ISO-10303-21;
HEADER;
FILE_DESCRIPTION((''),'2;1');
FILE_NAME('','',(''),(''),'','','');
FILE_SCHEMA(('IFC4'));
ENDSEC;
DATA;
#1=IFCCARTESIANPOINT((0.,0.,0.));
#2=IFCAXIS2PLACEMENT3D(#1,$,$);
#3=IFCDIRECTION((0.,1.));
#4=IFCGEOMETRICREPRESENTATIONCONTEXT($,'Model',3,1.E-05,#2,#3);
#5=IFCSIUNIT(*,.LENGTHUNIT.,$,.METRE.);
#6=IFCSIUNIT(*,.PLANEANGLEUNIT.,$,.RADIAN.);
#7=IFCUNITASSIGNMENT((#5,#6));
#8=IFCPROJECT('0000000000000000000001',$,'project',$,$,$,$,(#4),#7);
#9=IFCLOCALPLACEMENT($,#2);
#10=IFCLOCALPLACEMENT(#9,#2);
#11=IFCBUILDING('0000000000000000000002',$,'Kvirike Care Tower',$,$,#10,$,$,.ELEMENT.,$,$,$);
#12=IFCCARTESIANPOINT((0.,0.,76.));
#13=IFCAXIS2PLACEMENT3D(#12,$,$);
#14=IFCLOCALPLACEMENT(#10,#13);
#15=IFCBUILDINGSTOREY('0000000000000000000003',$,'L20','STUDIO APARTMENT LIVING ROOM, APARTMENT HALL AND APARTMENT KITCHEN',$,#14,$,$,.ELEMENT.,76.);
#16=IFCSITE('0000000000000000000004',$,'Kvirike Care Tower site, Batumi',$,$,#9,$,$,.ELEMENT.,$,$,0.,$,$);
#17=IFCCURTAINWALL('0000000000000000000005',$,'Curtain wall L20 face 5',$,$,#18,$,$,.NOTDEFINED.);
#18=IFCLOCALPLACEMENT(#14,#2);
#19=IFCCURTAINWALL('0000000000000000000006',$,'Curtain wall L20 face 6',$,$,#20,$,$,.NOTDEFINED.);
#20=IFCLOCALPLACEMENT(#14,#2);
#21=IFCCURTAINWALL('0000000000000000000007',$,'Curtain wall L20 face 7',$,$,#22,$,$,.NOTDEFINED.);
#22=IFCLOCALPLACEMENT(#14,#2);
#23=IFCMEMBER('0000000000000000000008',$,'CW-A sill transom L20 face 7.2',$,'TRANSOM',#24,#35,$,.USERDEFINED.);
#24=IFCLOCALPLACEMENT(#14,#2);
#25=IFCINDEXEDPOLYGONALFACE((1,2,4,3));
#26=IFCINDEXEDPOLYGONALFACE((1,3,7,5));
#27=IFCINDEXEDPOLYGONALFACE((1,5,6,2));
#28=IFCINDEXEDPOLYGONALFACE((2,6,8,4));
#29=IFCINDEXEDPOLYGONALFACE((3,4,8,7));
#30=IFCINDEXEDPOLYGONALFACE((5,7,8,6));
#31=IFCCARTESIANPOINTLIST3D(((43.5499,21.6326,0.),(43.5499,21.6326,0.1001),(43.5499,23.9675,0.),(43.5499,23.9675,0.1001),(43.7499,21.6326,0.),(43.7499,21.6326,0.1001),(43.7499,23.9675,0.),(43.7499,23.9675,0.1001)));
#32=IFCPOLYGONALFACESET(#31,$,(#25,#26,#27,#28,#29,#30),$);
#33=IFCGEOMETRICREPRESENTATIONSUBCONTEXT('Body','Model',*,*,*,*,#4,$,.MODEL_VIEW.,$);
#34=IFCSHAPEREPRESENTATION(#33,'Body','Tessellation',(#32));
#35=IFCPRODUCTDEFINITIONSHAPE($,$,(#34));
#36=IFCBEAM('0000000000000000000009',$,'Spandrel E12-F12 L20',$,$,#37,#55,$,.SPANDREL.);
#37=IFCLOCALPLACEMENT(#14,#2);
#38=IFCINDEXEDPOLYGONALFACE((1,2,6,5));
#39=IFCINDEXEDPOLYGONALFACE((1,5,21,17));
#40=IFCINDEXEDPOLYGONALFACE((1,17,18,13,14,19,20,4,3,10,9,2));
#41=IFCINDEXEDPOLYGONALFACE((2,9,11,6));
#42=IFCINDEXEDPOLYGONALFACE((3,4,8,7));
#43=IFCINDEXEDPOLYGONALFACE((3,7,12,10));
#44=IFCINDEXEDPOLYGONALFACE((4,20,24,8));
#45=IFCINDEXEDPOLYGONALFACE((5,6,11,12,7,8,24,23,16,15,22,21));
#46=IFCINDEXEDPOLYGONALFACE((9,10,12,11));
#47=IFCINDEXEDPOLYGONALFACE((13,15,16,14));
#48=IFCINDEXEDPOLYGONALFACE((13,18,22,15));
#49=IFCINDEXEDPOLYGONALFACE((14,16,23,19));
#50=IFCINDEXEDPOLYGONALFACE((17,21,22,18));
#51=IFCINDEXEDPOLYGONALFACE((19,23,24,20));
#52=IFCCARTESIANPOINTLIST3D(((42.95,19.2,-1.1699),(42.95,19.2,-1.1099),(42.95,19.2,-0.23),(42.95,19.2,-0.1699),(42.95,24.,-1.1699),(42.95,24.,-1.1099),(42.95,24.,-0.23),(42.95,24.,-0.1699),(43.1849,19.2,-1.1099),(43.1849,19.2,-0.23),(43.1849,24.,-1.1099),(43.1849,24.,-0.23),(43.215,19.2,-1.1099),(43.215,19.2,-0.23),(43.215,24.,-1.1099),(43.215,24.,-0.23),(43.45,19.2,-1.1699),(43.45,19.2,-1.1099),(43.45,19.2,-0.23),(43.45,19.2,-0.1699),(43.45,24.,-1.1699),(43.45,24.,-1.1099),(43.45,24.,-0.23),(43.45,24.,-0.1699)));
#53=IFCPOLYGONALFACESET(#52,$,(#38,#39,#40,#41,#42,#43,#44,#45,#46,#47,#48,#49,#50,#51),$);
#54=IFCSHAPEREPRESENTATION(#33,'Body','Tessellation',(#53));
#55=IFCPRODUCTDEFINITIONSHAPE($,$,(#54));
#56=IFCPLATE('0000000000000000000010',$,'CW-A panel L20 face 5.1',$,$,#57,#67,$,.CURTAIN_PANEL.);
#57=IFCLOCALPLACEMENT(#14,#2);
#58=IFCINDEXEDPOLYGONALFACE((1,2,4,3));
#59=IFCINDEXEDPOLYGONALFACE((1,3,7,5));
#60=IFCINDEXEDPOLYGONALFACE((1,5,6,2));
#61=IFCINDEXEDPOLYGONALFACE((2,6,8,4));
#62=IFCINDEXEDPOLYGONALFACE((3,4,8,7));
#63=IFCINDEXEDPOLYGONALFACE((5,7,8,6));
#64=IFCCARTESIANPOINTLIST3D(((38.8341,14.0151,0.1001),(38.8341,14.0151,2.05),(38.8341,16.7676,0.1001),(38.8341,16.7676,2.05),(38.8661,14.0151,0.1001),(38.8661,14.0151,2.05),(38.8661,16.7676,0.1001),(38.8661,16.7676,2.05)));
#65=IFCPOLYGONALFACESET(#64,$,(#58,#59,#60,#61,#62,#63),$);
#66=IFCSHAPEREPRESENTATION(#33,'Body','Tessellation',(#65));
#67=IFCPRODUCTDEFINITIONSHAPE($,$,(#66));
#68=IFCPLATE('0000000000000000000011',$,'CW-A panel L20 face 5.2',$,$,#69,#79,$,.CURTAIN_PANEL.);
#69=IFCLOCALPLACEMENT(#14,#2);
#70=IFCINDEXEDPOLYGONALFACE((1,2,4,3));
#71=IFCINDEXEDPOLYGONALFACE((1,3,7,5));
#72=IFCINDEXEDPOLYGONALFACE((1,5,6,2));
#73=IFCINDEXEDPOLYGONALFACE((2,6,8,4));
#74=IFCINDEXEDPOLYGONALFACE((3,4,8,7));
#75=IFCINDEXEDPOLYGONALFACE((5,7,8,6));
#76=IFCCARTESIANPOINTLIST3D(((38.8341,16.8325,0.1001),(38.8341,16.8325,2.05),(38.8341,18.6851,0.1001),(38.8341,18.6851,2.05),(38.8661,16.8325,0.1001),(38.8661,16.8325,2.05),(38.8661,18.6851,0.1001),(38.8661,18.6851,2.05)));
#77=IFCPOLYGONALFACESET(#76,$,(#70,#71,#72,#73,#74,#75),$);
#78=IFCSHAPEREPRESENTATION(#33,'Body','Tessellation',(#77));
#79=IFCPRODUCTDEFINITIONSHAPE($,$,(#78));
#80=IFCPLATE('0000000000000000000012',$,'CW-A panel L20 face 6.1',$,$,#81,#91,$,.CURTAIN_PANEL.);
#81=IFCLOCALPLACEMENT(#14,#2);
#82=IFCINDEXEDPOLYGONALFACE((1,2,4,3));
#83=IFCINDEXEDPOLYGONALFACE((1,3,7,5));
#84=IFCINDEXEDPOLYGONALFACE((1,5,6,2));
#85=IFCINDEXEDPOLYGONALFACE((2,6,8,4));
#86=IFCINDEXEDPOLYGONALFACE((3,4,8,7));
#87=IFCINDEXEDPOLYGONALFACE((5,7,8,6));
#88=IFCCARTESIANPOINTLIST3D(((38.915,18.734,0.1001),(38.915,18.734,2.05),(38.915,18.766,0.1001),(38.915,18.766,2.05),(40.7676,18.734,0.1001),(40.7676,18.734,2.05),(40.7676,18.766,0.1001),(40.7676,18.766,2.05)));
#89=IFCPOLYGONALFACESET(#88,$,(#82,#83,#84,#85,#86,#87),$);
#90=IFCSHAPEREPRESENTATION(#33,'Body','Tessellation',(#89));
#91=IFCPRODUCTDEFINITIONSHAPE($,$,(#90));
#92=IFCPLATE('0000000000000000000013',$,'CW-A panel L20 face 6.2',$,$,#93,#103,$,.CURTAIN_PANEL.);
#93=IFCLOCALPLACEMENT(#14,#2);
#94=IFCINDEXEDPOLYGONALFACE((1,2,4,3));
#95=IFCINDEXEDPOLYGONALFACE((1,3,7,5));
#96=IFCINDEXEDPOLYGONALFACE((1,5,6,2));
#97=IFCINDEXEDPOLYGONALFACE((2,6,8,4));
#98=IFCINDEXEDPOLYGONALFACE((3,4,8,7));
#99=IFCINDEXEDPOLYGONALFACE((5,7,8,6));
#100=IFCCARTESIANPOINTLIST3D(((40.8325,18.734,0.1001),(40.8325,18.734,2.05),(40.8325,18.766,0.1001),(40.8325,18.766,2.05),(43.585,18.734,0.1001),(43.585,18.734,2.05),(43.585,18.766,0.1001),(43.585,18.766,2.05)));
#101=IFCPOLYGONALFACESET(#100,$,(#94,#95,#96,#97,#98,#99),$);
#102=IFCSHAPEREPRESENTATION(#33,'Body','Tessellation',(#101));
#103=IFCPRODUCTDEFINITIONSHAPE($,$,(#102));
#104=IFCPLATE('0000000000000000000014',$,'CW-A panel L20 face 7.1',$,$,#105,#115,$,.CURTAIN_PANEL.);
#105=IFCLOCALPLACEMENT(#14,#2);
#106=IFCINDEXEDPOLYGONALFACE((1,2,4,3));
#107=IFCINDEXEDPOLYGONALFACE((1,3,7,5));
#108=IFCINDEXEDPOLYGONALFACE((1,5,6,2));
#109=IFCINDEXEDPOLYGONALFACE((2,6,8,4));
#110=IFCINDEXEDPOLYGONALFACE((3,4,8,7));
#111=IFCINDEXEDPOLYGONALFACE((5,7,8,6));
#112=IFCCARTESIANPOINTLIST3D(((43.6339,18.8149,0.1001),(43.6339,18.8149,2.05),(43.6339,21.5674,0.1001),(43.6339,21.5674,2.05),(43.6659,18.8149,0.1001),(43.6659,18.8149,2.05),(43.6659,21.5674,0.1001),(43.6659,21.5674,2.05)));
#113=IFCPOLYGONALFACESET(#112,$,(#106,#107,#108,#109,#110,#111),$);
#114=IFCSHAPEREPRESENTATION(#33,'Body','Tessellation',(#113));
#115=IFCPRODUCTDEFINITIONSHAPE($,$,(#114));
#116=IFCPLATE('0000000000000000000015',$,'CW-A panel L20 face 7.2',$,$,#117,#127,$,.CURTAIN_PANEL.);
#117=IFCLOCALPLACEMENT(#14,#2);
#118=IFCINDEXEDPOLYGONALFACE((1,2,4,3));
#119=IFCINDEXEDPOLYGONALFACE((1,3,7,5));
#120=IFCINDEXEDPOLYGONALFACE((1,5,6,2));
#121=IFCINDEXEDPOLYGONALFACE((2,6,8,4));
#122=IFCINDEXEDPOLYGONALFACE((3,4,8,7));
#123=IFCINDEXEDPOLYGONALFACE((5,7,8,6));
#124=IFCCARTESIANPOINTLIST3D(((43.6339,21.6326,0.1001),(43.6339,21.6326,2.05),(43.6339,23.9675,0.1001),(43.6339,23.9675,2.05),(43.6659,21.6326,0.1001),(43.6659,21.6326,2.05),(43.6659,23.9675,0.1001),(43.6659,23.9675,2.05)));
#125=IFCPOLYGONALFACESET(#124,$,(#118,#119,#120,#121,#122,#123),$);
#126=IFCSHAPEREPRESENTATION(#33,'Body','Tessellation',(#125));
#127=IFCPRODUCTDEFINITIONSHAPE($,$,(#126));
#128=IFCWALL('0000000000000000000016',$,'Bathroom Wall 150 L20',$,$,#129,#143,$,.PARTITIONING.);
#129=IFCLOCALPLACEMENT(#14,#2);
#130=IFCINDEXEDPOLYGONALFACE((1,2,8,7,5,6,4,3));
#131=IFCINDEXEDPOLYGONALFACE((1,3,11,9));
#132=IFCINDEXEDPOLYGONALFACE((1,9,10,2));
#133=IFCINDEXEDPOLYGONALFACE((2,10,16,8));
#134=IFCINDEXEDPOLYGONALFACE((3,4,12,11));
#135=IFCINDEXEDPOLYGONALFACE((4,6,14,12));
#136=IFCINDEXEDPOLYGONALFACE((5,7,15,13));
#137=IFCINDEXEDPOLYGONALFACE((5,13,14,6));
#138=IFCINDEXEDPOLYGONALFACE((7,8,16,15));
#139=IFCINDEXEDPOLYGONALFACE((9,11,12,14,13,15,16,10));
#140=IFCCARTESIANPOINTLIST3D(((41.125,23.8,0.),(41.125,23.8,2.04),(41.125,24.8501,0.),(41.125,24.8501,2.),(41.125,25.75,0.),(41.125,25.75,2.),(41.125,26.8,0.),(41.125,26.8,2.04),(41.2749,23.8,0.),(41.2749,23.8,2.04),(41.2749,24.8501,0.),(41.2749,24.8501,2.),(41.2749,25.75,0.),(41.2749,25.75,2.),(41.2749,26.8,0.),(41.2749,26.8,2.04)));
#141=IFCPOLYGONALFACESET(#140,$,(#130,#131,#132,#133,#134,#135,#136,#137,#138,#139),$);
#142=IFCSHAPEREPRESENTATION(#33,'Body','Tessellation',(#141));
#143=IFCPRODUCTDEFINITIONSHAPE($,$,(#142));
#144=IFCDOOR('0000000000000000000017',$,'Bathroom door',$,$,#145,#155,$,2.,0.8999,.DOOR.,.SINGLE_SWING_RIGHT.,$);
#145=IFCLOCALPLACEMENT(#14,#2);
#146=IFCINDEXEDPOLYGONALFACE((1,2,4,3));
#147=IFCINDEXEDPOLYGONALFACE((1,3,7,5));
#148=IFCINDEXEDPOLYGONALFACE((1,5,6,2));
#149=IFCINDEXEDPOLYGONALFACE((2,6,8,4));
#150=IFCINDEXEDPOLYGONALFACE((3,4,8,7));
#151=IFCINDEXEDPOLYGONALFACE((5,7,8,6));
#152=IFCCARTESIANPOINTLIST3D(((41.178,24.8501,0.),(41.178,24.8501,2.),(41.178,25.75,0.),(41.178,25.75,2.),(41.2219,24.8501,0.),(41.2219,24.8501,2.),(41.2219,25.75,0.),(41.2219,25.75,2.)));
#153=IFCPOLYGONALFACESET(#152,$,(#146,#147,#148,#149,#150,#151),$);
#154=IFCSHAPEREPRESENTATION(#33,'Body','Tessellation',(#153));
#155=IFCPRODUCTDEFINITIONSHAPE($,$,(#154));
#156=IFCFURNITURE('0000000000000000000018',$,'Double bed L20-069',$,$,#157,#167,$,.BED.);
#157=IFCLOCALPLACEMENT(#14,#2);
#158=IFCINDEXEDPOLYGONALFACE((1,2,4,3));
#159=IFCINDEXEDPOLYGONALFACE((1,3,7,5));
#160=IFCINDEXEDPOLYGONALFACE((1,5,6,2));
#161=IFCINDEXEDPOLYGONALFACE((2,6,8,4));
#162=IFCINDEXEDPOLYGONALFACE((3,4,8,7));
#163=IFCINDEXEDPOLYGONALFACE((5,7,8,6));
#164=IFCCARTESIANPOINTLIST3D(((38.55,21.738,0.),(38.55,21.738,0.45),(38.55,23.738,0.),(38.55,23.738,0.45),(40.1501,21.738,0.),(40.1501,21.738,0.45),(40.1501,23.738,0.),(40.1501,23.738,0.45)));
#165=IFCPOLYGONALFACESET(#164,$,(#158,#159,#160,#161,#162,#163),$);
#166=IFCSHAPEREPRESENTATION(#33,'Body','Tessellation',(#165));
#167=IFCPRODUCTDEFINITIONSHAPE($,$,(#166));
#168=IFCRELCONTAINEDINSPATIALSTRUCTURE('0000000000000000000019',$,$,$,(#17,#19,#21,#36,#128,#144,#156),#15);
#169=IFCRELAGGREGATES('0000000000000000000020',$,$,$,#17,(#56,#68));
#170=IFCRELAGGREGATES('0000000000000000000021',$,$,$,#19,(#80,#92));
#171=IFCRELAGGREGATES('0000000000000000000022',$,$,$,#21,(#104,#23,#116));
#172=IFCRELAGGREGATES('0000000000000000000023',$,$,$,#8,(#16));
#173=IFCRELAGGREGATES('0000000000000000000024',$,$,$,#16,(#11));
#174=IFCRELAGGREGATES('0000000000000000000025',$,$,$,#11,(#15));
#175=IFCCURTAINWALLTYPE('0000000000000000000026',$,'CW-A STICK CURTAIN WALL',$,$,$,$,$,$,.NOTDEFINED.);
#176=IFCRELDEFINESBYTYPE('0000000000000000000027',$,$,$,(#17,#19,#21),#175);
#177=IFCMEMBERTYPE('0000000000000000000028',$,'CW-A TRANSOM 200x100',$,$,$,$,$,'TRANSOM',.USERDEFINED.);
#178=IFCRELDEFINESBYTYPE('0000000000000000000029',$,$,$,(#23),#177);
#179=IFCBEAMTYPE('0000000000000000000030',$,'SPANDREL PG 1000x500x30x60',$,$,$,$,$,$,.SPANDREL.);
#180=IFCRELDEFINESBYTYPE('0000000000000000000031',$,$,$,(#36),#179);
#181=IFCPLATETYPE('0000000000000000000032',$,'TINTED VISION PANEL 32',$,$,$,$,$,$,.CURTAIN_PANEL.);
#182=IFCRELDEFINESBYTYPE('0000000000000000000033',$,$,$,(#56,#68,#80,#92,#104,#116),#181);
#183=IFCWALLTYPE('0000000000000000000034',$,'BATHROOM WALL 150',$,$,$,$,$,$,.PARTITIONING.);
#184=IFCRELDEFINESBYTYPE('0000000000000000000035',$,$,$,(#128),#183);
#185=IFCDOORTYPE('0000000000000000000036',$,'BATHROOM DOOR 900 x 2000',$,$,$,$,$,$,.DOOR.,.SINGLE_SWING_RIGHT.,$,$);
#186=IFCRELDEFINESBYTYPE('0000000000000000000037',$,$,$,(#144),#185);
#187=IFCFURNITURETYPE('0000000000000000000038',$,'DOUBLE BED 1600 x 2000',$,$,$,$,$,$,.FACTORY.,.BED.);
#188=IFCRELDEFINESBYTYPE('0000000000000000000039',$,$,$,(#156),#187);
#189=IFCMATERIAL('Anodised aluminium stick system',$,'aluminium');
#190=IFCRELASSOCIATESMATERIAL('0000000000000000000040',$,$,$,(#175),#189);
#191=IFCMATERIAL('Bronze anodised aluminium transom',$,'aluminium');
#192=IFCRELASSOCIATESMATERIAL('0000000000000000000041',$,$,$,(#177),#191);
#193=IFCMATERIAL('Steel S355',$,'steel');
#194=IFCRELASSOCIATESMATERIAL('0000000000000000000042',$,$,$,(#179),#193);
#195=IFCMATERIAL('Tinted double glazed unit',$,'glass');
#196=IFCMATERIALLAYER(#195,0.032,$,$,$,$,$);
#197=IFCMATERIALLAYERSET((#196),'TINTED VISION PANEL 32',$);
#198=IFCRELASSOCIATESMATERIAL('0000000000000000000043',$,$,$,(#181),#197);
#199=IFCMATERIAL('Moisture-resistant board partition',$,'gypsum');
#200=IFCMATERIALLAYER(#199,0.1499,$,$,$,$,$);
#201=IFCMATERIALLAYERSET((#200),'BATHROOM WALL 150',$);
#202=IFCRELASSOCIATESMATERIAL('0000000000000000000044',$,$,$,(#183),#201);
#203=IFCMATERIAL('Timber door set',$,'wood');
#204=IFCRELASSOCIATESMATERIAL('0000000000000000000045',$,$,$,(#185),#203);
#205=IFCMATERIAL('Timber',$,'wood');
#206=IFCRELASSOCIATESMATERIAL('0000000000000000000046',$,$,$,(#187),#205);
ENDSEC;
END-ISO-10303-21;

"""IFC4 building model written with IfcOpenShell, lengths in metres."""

from ifc_helpers import new_model, si_unit, direction, frame, frame_2d, origin, origin_2d, place, context, subcontext, project, spatial, rectangle, i_section, extrude, material, layer, layer_set, material_profile, profile_set, type_object, element, fill, aggregate, save


model = new_model("IFC4")

# Units and contexts
model_context = context("Model", 3, precision=1e-05, world=origin(), true_north=direction((0.0, 1.0)))
body_context = subcontext(model_context, "Body", "Model", "MODEL_VIEW")
ifc_project = project(units=[si_unit("LENGTHUNIT", "METRE"), si_unit("PLANEANGLEUNIT", "RADIAN")], contexts=[model_context])

# Site, building, storey
site_placement = place(None, origin())
site = spatial("IfcSite", under=ifc_project, at=site_placement, Name="Kvirike Care Tower site, Batumi", CompositionType="ELEMENT", RefElevation=0.0)
building_placement = place(site_placement, origin())
building = spatial("IfcBuilding", under=site, at=building_placement, Name="Kvirike Care Tower", CompositionType="ELEMENT")
storey_placement = place(building_placement, frame((0.0, 0.0, 76.0)))
storey = spatial("IfcBuildingStorey", under=building, at=storey_placement, Name="L20", Description="STUDIO APARTMENT LIVING ROOM, APARTMENT HALL AND APARTMENT KITCHEN", CompositionType="ELEMENT", Elevation=76.0)

# Curtain walls
ifc_material_1 = material(Name="Anodised aluminium stick system", Category="aluminium")
curtain_wall_type = type_object("IfcCurtainWallType", Name="CW-A STICK CURTAIN WALL", PredefinedType="NOTDEFINED", material=ifc_material_1)
curtain_wall_1_placement = place(storey_placement, origin())
curtain_wall_1 = element("IfcCurtainWall", 1, at=curtain_wall_1_placement, inside=storey, type_object=curtain_wall_type, Name="Curtain wall L20 face 5", PredefinedType="NOTDEFINED")
curtain_wall_2_placement = place(storey_placement, origin())
curtain_wall_2 = element("IfcCurtainWall", 2, at=curtain_wall_2_placement, inside=storey, type_object=curtain_wall_type, Name="Curtain wall L20 face 6", PredefinedType="NOTDEFINED")
curtain_wall_3_placement = place(storey_placement, origin())
curtain_wall_3 = element("IfcCurtainWall", 3, at=curtain_wall_3_placement, inside=storey, type_object=curtain_wall_type, Name="Curtain wall L20 face 7", PredefinedType="NOTDEFINED")

# Member
ifc_material_2 = material(Name="Bronze anodised aluminium transom", Category="aluminium")
ifc_material_profile_1 = material_profile(ifc_material_2, rectangle(XDim=0.2, YDim=0.1001, at=origin_2d()), Name="CW-A TRANSOM 200x100")
ifc_profile_set_1 = profile_set([ifc_material_profile_1], Name="Bronze anodised aluminium transom")
member_type_1 = type_object("IfcMemberType", Name="CW-A TRANSOM 200x100", ElementType="TRANSOM", PredefinedType="USERDEFINED", material=ifc_profile_set_1)
member_1_placement = place(storey_placement, frame((43.6499, 21.6326, 0.05), z_axis=(0.0, 1.0, 0.0), x_axis=(-1.0, 0.0, 0.0)))
member_1 = element("IfcMember", 4, at=member_1_placement, type_object=member_type_1, Name="CW-A sill transom L20 face 7.2", ObjectType="TRANSOM", PredefinedType="USERDEFINED", context=body_context, shape_type="SweptSolid", body=[
    extrude(rectangle(XDim=0.2, YDim=0.1001, at=origin_2d()), origin(), (0.0, 0.0, 1.0), 2.335),
])

# Beam
ifc_material_3 = material(Name="Steel S355", Category="steel")
ifc_material_profile_2 = material_profile(ifc_material_3, i_section(OverallWidth=0.5, OverallDepth=1.0, WebThickness=0.03, FlangeThickness=0.0601, at=origin_2d()), Name="PG 1000x500x30x60")
ifc_profile_set_2 = profile_set([ifc_material_profile_2], Name="Steel S355")
beam_type = type_object("IfcBeamType", Name="SPANDREL PG 1000x500x30x60", PredefinedType="SPANDREL", material=ifc_profile_set_2)
beam_placement = place(storey_placement, frame((43.2, 19.2, -0.6699), z_axis=(0.0, 1.0, 0.0), x_axis=(-1.0, 0.0, 0.0)))
element("IfcBeam", 5, at=beam_placement, inside=storey, type_object=beam_type, Name="Spandrel E12-F12 L20", PredefinedType="SPANDREL", context=body_context, shape_type="SweptSolid", body=[
    extrude(i_section(OverallWidth=0.5, OverallDepth=1.0, WebThickness=0.03, FlangeThickness=0.0601, at=origin_2d()), origin(), (0.0, 0.0, 1.0), 4.8),
])

# Plates
ifc_material_4 = material(Name="Tinted double glazed unit", Category="glass")
ifc_layer_1 = layer(ifc_material_4, 0.032)
ifc_layer_set_1 = layer_set([ifc_layer_1], Name="TINTED VISION PANEL 32")
plate_type = type_object("IfcPlateType", Name="TINTED VISION PANEL 32", PredefinedType="CURTAIN_PANEL", material=ifc_layer_set_1)
plate_1_placement = place(storey_placement, frame((38.8501, 15.3914, 0.1001), z_axis=(0.0, 0.0, 1.0), x_axis=(0.0, 1.0, 0.0)))
plate_1 = element("IfcPlate", 6, at=plate_1_placement, type_object=plate_type, Name="CW-A panel L20 face 5.1", PredefinedType="CURTAIN_PANEL", context=body_context, shape_type="SweptSolid", body=[
    extrude(rectangle(XDim=2.7524, YDim=0.032, at=origin_2d()), origin(), (0.0, 0.0, 1.0), 1.95),
])
plate_2_placement = place(storey_placement, frame((38.8501, 17.7588, 0.1001), z_axis=(0.0, 0.0, 1.0), x_axis=(0.0, 1.0, 0.0)))
plate_2 = element("IfcPlate", 7, at=plate_2_placement, type_object=plate_type, Name="CW-A panel L20 face 5.2", PredefinedType="CURTAIN_PANEL", context=body_context, shape_type="SweptSolid", body=[
    extrude(rectangle(XDim=1.8525, YDim=0.032, at=origin_2d()), origin(), (0.0, 0.0, 1.0), 1.95),
])
aggregate(curtain_wall_1, [plate_1, plate_2])
plate_3_placement = place(storey_placement, frame((39.8413, 18.75, 0.1001), z_axis=(0.0, 0.0, 1.0), x_axis=(1.0, 0.0, 0.0)))
plate_3 = element("IfcPlate", 8, at=plate_3_placement, type_object=plate_type, Name="CW-A panel L20 face 6.1", PredefinedType="CURTAIN_PANEL", context=body_context, shape_type="SweptSolid", body=[
    extrude(rectangle(XDim=1.8525, YDim=0.032, at=origin_2d()), origin(), (0.0, 0.0, 1.0), 1.95),
])
plate_4_placement = place(storey_placement, frame((42.2087, 18.75, 0.1001), z_axis=(0.0, 0.0, 1.0), x_axis=(1.0, 0.0, 0.0)))
plate_4 = element("IfcPlate", 9, at=plate_4_placement, type_object=plate_type, Name="CW-A panel L20 face 6.2", PredefinedType="CURTAIN_PANEL", context=body_context, shape_type="SweptSolid", body=[
    extrude(rectangle(XDim=2.7524, YDim=0.032, at=origin_2d()), origin(), (0.0, 0.0, 1.0), 1.95),
])
aggregate(curtain_wall_2, [plate_3, plate_4])
plate_5_placement = place(storey_placement, frame((43.6499, 20.1912, 0.1001), z_axis=(0.0, 0.0, 1.0), x_axis=(0.0, 1.0, 0.0)))
plate_5 = element("IfcPlate", 10, at=plate_5_placement, type_object=plate_type, Name="CW-A panel L20 face 7.1", PredefinedType="CURTAIN_PANEL", context=body_context, shape_type="SweptSolid", body=[
    extrude(rectangle(XDim=2.7524, YDim=0.032, at=origin_2d()), origin(), (0.0, 0.0, 1.0), 1.95),
])
plate_6_placement = place(storey_placement, frame((43.6499, 22.8, 0.1001), z_axis=(0.0, 0.0, 1.0), x_axis=(0.0, 1.0, 0.0)))
plate_6 = element("IfcPlate", 11, at=plate_6_placement, type_object=plate_type, Name="CW-A panel L20 face 7.2", PredefinedType="CURTAIN_PANEL", context=body_context, shape_type="SweptSolid", body=[
    extrude(rectangle(XDim=2.335, YDim=0.032, at=origin_2d()), origin(), (0.0, 0.0, 1.0), 1.95),
])
aggregate(curtain_wall_3, [plate_5, member_1, plate_6])

# Wall, opening, door
ifc_material_5 = material(Name="Moisture-resistant board partition", Category="gypsum")
ifc_layer_2 = layer(ifc_material_5, 0.1499)
ifc_layer_set_2 = layer_set([ifc_layer_2], Name="BATHROOM WALL 150")
wall_type = type_object("IfcWallType", Name="BATHROOM WALL 150", PredefinedType="PARTITIONING", material=ifc_layer_set_2)
wall_placement = place(storey_placement, frame((41.2, 23.8, 0.0), z_axis=(0.0, 0.0, 1.0), x_axis=(0.0, 1.0, 0.0)))
wall = element("IfcWall", 12, at=wall_placement, inside=storey, type_object=wall_type, Name="Bathroom Wall 150 L20", PredefinedType="PARTITIONING", context=body_context, shape_type="SweptSolid", body=[
    extrude(rectangle(XDim=3.0, YDim=0.1499, at=frame_2d((1.5, 0.0))), origin(), (0.0, 0.0, 1.0), 2.04),
])
opening_placement = place(wall_placement, frame((1.05, 0.0, 0.0)))
opening = element("IfcOpeningElement", 13, at=opening_placement, cuts=wall, PredefinedType="OPENING", context=body_context, shape_type="SweptSolid", body=[
    extrude(rectangle(XDim=0.8999, YDim=2.0, at=frame_2d((0.45, 1.0))), frame((0.0, 0.0854, 0.0), z_axis=(0.0, -1.0, 0.0), x_axis=(1.0, 0.0, 0.0)), (0.0, 0.0, 1.0), 0.1709),
])
ifc_material_6 = material(Name="Timber door set", Category="wood")
door_type = type_object("IfcDoorType", Name="BATHROOM DOOR 900 x 2000", OperationType="SINGLE_SWING_RIGHT", PredefinedType="DOOR", material=ifc_material_6)
door_placement = place(opening_placement, origin())
door = element("IfcDoor", 14, at=door_placement, inside=storey, type_object=door_type, Name="Bathroom door", OperationType="SINGLE_SWING_RIGHT", OverallHeight=2.0, OverallWidth=0.8999, PredefinedType="DOOR", context=body_context, shape_type="SweptSolid", body=[
    extrude(rectangle(XDim=0.8999, YDim=2.0, at=frame_2d((0.45, 1.0))), frame((0.0, 0.022, 0.0), z_axis=(0.0, -1.0, 0.0), x_axis=(1.0, 0.0, 0.0)), (0.0, 0.0, 1.0), 0.0439),
])
fill(opening, door)

# Furniture
ifc_material_7 = material(Name="Timber", Category="wood")
furniture_type = type_object("IfcFurnitureType", Name="DOUBLE BED 1600 x 2000", AssemblyPlace="FACTORY", PredefinedType="BED", material=ifc_material_7)
furniture_placement = place(storey_placement, frame((39.3501, 22.738, 0.0), z_axis=(0.0, 0.0, 1.0), x_axis=(1.0, 0.0, 0.0)))
element("IfcFurniture", 15, at=furniture_placement, inside=storey, type_object=furniture_type, Name="Double bed L20-069", PredefinedType="BED", context=body_context, shape_type="SweptSolid", body=[
    extrude(rectangle(XDim=1.6001, YDim=2.0, at=origin_2d()), origin(), (0.0, 0.0, 1.0), 0.45),
])

save(model, "model.ifc")
